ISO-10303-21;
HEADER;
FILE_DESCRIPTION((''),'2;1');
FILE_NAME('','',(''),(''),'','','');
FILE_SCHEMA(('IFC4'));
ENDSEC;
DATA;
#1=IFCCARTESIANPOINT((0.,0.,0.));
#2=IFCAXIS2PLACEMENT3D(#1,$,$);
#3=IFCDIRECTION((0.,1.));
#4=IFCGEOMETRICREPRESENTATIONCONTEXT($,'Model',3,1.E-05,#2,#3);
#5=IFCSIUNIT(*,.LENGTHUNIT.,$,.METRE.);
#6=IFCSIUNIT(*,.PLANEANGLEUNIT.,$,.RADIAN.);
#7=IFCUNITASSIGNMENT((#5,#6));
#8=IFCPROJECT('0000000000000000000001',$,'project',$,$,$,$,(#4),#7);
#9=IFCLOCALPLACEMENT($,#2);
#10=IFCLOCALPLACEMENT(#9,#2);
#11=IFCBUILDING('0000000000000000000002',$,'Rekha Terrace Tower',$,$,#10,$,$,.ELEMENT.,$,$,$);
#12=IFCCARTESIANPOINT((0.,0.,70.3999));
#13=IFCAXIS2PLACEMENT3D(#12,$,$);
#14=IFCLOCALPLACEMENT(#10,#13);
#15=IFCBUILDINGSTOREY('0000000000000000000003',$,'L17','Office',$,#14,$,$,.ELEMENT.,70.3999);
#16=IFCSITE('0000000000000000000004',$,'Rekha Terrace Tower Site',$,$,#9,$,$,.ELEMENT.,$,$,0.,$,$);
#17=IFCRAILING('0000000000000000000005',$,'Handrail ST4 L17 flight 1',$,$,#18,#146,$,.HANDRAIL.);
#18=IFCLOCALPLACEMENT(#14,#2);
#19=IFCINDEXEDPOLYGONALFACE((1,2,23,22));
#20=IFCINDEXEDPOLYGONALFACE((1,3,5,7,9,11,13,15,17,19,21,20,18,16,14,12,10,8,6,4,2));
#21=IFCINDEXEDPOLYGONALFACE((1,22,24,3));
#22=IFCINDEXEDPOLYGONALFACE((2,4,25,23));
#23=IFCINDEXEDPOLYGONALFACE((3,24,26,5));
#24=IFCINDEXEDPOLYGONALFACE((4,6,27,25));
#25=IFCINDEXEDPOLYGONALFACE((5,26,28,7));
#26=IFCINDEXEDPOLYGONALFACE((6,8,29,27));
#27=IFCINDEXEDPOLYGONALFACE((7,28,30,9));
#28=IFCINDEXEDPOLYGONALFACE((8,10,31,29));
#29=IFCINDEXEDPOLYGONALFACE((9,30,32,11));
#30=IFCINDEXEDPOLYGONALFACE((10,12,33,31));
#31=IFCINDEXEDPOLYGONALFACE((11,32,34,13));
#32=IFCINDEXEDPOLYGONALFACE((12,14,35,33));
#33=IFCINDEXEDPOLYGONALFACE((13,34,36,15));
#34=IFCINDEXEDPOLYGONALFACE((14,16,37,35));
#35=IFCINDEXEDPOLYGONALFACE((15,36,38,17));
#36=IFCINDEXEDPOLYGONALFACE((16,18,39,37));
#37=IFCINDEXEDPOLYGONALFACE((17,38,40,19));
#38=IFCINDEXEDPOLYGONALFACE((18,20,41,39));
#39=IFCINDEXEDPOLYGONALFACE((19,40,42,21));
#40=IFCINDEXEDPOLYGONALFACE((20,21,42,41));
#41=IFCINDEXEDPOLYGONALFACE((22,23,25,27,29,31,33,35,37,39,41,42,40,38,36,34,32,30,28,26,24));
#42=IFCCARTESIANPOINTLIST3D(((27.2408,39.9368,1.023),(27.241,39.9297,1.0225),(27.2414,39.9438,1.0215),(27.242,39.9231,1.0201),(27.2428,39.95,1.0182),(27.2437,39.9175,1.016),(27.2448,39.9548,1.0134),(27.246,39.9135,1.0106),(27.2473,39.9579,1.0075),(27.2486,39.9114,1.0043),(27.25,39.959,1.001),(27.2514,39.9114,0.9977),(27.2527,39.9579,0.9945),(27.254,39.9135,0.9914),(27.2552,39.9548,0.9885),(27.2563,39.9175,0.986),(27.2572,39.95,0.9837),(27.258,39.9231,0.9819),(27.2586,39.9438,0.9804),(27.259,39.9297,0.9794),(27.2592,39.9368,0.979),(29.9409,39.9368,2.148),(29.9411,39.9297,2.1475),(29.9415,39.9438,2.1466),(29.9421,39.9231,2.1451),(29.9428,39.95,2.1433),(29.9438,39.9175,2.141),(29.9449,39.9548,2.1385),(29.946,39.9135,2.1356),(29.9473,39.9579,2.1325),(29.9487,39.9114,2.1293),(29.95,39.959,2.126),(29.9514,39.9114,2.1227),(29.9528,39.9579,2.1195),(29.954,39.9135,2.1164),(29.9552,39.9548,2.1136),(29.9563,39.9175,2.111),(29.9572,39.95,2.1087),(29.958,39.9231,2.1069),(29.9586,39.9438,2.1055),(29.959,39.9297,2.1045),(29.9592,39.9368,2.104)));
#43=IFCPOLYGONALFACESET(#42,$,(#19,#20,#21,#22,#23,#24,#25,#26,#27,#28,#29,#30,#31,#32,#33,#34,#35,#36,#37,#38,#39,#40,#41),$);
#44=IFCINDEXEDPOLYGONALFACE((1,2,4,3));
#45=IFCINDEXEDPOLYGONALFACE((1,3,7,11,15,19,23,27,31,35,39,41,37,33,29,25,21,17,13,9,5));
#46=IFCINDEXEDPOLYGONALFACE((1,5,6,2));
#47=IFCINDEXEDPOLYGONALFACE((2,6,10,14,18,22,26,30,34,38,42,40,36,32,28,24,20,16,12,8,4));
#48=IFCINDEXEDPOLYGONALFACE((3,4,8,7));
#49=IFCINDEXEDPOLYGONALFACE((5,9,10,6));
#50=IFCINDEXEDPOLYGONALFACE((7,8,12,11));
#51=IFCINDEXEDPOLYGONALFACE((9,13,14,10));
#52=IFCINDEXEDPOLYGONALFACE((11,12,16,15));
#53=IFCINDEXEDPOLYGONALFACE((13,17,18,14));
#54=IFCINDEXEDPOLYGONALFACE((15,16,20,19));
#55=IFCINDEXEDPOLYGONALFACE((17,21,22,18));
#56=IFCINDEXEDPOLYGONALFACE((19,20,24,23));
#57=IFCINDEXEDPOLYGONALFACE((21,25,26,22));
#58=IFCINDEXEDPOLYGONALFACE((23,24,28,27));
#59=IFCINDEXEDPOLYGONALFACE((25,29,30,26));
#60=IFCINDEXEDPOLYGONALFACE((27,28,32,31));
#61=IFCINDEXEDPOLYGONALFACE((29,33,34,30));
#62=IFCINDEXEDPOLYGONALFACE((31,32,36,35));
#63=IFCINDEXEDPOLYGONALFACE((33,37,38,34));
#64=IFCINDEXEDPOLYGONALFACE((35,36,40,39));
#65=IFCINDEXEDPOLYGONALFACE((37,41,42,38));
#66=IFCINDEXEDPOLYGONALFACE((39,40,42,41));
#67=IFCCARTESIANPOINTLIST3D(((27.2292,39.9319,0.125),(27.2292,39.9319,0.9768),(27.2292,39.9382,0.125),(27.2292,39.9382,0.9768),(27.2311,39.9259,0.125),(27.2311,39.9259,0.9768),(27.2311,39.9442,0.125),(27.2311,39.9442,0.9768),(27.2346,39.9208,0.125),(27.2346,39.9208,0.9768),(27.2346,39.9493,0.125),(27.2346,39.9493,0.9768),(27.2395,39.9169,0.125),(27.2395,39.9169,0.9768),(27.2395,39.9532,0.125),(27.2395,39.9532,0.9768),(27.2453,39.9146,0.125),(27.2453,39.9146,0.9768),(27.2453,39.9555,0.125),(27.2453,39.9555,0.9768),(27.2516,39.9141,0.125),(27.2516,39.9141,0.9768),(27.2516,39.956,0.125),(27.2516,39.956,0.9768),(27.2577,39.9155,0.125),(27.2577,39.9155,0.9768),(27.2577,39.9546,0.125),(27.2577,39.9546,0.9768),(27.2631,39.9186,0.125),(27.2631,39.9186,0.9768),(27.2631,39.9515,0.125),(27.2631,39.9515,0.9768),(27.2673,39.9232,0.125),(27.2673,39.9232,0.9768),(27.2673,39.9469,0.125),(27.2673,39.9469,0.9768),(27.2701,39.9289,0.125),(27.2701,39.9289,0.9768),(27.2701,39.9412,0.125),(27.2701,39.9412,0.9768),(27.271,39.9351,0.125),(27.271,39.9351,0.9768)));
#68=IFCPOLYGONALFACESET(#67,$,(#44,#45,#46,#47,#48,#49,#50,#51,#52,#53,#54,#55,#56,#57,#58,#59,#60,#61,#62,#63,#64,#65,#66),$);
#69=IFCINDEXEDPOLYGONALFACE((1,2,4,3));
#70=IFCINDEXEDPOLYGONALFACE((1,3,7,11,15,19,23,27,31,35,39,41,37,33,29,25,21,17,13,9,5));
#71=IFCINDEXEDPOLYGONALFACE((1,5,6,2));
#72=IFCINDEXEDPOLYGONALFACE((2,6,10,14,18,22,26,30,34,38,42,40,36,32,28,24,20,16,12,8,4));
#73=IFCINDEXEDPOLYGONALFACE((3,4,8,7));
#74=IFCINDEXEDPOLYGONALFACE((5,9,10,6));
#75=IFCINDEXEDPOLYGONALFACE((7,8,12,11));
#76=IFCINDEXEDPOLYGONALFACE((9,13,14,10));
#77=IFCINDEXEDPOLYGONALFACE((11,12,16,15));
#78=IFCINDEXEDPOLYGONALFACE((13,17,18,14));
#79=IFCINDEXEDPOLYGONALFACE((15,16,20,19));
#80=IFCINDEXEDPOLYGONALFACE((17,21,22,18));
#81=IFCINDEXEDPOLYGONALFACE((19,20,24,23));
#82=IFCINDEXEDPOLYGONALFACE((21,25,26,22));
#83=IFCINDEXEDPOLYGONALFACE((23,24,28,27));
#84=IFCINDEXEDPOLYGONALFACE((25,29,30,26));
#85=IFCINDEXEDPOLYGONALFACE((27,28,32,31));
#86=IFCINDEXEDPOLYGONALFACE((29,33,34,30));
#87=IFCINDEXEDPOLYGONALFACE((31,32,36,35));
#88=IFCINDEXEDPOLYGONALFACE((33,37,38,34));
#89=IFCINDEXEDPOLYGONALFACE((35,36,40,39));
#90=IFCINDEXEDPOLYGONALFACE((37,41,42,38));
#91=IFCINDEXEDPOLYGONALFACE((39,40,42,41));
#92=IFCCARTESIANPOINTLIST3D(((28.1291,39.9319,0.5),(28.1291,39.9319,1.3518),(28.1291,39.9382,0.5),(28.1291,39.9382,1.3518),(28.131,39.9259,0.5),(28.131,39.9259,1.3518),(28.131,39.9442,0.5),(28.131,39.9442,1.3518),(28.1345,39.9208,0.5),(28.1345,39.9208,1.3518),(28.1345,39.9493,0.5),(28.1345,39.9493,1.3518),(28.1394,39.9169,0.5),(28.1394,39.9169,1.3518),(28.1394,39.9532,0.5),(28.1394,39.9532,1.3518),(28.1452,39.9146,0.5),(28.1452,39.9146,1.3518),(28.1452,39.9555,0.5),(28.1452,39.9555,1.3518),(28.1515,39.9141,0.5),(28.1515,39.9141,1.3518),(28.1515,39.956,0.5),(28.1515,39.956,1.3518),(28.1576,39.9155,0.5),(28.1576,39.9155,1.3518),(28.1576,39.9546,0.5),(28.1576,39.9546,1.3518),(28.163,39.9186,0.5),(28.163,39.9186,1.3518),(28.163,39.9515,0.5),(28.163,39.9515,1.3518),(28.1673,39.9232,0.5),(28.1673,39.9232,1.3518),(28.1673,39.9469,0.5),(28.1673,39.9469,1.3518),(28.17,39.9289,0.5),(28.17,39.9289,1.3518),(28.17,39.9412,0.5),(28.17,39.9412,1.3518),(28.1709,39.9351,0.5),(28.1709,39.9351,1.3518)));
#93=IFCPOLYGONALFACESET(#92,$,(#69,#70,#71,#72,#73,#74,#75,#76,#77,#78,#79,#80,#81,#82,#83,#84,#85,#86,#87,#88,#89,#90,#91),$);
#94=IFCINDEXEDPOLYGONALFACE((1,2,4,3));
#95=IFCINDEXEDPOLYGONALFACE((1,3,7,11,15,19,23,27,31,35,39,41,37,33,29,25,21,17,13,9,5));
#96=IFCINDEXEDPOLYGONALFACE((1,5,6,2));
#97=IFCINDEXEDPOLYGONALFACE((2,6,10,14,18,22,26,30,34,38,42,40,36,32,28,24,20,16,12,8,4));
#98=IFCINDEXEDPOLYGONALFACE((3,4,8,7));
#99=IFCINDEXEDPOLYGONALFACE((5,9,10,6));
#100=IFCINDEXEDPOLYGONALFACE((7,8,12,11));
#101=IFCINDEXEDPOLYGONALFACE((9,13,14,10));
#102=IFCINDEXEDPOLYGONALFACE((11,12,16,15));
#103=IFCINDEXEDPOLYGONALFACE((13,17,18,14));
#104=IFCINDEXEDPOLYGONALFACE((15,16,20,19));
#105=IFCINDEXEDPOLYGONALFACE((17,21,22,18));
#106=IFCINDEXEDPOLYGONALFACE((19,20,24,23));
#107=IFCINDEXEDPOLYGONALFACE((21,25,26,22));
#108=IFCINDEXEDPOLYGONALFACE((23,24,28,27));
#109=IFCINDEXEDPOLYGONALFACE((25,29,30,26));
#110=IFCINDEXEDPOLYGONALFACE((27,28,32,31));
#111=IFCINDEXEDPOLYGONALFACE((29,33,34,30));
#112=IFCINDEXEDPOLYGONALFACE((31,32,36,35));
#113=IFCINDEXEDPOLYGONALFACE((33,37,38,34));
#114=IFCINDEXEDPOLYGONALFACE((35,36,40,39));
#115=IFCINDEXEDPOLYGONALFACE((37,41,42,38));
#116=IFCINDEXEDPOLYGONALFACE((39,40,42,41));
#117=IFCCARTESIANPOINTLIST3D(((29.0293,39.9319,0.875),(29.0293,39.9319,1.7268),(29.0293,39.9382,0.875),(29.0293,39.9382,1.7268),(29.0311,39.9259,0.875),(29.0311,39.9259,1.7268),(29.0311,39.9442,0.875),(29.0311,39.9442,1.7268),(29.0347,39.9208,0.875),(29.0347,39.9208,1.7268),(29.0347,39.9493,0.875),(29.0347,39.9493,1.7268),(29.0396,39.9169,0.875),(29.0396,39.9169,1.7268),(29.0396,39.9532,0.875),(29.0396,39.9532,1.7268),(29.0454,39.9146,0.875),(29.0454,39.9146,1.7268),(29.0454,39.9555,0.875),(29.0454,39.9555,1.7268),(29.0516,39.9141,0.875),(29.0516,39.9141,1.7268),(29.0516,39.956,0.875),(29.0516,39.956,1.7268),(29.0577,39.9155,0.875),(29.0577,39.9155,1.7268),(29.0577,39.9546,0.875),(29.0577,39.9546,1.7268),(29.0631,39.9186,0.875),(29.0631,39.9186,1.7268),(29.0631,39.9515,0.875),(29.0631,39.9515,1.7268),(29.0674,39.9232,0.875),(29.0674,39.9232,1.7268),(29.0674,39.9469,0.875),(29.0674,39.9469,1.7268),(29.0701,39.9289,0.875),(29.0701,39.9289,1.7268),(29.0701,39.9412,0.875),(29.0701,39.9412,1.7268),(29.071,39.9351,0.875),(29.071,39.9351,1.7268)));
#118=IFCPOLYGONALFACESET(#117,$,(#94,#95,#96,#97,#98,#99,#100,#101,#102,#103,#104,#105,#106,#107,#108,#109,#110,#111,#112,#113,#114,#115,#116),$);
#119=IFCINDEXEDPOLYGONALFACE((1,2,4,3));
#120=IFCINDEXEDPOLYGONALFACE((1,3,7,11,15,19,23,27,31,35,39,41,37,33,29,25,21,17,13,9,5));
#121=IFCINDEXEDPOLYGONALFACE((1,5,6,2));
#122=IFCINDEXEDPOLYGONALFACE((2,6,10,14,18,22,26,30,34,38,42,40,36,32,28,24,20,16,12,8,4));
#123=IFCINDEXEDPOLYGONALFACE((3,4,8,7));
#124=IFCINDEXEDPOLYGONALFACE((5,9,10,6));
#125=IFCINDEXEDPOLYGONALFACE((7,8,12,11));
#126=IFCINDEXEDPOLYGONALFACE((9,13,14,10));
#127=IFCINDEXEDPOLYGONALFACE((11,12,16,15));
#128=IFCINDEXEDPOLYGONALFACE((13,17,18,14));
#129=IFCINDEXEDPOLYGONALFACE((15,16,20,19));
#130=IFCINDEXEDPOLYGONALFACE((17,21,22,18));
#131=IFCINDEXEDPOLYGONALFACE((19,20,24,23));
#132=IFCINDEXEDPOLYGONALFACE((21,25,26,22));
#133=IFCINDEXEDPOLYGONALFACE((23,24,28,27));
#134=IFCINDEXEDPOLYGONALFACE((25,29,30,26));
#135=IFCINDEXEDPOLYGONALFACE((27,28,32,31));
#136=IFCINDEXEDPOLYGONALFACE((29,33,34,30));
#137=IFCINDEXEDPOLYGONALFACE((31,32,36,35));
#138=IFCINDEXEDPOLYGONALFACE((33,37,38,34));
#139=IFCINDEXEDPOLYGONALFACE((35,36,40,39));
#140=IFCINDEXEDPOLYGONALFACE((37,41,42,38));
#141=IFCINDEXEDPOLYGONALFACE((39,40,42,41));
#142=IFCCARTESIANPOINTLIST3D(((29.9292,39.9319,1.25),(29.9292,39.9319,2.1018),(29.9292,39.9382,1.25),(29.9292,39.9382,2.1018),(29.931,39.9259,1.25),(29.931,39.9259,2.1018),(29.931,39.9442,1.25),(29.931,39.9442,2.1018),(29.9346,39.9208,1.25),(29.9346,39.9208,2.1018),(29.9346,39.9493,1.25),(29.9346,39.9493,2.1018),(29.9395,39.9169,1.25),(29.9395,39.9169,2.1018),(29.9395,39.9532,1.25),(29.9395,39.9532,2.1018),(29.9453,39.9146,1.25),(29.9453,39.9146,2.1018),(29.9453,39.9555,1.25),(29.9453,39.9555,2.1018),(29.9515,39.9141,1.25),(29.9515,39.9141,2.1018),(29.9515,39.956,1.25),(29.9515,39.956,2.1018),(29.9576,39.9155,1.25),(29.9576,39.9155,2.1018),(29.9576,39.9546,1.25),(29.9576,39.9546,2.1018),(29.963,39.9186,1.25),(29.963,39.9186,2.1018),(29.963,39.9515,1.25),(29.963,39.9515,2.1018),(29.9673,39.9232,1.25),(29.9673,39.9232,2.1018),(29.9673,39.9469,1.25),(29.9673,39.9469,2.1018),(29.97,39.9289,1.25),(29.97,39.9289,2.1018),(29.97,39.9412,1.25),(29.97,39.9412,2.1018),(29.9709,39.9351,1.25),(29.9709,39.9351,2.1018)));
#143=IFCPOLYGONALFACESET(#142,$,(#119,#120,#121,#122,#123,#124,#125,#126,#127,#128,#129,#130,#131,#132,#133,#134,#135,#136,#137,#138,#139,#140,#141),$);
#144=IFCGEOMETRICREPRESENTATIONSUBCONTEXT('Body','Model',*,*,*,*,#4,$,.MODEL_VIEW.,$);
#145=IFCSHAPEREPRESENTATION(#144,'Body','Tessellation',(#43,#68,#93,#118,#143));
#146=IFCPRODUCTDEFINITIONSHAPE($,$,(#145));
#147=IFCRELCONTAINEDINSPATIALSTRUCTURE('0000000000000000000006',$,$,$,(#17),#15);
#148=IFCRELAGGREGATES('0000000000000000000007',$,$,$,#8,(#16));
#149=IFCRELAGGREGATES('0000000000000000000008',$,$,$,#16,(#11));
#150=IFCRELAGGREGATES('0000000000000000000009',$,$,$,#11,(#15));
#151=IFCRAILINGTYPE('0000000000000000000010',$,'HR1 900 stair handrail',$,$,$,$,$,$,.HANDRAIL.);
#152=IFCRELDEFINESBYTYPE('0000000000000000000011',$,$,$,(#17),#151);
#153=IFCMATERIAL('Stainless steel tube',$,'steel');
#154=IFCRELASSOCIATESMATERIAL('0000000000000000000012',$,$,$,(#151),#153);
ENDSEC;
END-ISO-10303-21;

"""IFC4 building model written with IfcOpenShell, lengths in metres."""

from ifc_helpers import new_model, si_unit, direction, frame, origin, origin_2d, place, context, subcontext, project, spatial, circle, extrude, material, type_object, element, save


model = new_model("IFC4")

# Units and contexts
model_context = context("Model", 3, precision=1e-05, world=origin(), true_north=direction((0.0, 1.0)))
body_context = subcontext(model_context, "Body", "Model", "MODEL_VIEW")
ifc_project = project(units=[si_unit("LENGTHUNIT", "METRE"), si_unit("PLANEANGLEUNIT", "RADIAN")], contexts=[model_context])

# Site, building, storey
site_placement = place(None, origin())
site = spatial("IfcSite", under=ifc_project, at=site_placement, Name="Rekha Terrace Tower Site", CompositionType="ELEMENT", RefElevation=0.0)
building_placement = place(site_placement, origin())
building = spatial("IfcBuilding", under=site, at=building_placement, Name="Rekha Terrace Tower", CompositionType="ELEMENT")
storey_placement = place(building_placement, frame((0.0, 0.0, 70.3999)))
storey = spatial("IfcBuildingStorey", under=building, at=storey_placement, Name="L17", Description="Office", CompositionType="ELEMENT", Elevation=70.3999)

# Railing
ifc_material_1 = material(Name="Stainless steel tube", Category="steel")
railing_type_1 = type_object("IfcRailingType", Name="HR1 900 stair handrail", PredefinedType="HANDRAIL", material=ifc_material_1)
railing_1_placement = place(storey_placement, frame((27.25, 39.9351, 0.125)))
element("IfcRailing", 1, at=railing_1_placement, inside=storey, type_object=railing_type_1, Name="Handrail ST4 L17 flight 1", PredefinedType="HANDRAIL", context=body_context, shape_type="SweptSolid", body=[
    extrude(circle(Radius=0.0239, at=origin_2d()), frame((0.0, 0.0, 0.876), z_axis=(0.923074, 0.0, 0.384621), x_axis=(0.0, 1.0, 0.0)), (0.0, 0.0, 1.0), 2.925),
    extrude(circle(Radius=0.021, at=origin_2d()), origin(), (0.0, 0.0, 1.0), 0.8518),
    extrude(circle(Radius=0.021, at=origin_2d()), frame((0.8999, 0.0, 0.375)), (0.0, 0.0, 1.0), 0.8518),
    extrude(circle(Radius=0.021, at=origin_2d()), frame((1.8, 0.0, 0.75)), (0.0, 0.0, 1.0), 0.8518),
    extrude(circle(Radius=0.021, at=origin_2d()), frame((2.7, 0.0, 1.125)), (0.0, 0.0, 1.0), 0.8518),
])

save(model, "model.ifc")
